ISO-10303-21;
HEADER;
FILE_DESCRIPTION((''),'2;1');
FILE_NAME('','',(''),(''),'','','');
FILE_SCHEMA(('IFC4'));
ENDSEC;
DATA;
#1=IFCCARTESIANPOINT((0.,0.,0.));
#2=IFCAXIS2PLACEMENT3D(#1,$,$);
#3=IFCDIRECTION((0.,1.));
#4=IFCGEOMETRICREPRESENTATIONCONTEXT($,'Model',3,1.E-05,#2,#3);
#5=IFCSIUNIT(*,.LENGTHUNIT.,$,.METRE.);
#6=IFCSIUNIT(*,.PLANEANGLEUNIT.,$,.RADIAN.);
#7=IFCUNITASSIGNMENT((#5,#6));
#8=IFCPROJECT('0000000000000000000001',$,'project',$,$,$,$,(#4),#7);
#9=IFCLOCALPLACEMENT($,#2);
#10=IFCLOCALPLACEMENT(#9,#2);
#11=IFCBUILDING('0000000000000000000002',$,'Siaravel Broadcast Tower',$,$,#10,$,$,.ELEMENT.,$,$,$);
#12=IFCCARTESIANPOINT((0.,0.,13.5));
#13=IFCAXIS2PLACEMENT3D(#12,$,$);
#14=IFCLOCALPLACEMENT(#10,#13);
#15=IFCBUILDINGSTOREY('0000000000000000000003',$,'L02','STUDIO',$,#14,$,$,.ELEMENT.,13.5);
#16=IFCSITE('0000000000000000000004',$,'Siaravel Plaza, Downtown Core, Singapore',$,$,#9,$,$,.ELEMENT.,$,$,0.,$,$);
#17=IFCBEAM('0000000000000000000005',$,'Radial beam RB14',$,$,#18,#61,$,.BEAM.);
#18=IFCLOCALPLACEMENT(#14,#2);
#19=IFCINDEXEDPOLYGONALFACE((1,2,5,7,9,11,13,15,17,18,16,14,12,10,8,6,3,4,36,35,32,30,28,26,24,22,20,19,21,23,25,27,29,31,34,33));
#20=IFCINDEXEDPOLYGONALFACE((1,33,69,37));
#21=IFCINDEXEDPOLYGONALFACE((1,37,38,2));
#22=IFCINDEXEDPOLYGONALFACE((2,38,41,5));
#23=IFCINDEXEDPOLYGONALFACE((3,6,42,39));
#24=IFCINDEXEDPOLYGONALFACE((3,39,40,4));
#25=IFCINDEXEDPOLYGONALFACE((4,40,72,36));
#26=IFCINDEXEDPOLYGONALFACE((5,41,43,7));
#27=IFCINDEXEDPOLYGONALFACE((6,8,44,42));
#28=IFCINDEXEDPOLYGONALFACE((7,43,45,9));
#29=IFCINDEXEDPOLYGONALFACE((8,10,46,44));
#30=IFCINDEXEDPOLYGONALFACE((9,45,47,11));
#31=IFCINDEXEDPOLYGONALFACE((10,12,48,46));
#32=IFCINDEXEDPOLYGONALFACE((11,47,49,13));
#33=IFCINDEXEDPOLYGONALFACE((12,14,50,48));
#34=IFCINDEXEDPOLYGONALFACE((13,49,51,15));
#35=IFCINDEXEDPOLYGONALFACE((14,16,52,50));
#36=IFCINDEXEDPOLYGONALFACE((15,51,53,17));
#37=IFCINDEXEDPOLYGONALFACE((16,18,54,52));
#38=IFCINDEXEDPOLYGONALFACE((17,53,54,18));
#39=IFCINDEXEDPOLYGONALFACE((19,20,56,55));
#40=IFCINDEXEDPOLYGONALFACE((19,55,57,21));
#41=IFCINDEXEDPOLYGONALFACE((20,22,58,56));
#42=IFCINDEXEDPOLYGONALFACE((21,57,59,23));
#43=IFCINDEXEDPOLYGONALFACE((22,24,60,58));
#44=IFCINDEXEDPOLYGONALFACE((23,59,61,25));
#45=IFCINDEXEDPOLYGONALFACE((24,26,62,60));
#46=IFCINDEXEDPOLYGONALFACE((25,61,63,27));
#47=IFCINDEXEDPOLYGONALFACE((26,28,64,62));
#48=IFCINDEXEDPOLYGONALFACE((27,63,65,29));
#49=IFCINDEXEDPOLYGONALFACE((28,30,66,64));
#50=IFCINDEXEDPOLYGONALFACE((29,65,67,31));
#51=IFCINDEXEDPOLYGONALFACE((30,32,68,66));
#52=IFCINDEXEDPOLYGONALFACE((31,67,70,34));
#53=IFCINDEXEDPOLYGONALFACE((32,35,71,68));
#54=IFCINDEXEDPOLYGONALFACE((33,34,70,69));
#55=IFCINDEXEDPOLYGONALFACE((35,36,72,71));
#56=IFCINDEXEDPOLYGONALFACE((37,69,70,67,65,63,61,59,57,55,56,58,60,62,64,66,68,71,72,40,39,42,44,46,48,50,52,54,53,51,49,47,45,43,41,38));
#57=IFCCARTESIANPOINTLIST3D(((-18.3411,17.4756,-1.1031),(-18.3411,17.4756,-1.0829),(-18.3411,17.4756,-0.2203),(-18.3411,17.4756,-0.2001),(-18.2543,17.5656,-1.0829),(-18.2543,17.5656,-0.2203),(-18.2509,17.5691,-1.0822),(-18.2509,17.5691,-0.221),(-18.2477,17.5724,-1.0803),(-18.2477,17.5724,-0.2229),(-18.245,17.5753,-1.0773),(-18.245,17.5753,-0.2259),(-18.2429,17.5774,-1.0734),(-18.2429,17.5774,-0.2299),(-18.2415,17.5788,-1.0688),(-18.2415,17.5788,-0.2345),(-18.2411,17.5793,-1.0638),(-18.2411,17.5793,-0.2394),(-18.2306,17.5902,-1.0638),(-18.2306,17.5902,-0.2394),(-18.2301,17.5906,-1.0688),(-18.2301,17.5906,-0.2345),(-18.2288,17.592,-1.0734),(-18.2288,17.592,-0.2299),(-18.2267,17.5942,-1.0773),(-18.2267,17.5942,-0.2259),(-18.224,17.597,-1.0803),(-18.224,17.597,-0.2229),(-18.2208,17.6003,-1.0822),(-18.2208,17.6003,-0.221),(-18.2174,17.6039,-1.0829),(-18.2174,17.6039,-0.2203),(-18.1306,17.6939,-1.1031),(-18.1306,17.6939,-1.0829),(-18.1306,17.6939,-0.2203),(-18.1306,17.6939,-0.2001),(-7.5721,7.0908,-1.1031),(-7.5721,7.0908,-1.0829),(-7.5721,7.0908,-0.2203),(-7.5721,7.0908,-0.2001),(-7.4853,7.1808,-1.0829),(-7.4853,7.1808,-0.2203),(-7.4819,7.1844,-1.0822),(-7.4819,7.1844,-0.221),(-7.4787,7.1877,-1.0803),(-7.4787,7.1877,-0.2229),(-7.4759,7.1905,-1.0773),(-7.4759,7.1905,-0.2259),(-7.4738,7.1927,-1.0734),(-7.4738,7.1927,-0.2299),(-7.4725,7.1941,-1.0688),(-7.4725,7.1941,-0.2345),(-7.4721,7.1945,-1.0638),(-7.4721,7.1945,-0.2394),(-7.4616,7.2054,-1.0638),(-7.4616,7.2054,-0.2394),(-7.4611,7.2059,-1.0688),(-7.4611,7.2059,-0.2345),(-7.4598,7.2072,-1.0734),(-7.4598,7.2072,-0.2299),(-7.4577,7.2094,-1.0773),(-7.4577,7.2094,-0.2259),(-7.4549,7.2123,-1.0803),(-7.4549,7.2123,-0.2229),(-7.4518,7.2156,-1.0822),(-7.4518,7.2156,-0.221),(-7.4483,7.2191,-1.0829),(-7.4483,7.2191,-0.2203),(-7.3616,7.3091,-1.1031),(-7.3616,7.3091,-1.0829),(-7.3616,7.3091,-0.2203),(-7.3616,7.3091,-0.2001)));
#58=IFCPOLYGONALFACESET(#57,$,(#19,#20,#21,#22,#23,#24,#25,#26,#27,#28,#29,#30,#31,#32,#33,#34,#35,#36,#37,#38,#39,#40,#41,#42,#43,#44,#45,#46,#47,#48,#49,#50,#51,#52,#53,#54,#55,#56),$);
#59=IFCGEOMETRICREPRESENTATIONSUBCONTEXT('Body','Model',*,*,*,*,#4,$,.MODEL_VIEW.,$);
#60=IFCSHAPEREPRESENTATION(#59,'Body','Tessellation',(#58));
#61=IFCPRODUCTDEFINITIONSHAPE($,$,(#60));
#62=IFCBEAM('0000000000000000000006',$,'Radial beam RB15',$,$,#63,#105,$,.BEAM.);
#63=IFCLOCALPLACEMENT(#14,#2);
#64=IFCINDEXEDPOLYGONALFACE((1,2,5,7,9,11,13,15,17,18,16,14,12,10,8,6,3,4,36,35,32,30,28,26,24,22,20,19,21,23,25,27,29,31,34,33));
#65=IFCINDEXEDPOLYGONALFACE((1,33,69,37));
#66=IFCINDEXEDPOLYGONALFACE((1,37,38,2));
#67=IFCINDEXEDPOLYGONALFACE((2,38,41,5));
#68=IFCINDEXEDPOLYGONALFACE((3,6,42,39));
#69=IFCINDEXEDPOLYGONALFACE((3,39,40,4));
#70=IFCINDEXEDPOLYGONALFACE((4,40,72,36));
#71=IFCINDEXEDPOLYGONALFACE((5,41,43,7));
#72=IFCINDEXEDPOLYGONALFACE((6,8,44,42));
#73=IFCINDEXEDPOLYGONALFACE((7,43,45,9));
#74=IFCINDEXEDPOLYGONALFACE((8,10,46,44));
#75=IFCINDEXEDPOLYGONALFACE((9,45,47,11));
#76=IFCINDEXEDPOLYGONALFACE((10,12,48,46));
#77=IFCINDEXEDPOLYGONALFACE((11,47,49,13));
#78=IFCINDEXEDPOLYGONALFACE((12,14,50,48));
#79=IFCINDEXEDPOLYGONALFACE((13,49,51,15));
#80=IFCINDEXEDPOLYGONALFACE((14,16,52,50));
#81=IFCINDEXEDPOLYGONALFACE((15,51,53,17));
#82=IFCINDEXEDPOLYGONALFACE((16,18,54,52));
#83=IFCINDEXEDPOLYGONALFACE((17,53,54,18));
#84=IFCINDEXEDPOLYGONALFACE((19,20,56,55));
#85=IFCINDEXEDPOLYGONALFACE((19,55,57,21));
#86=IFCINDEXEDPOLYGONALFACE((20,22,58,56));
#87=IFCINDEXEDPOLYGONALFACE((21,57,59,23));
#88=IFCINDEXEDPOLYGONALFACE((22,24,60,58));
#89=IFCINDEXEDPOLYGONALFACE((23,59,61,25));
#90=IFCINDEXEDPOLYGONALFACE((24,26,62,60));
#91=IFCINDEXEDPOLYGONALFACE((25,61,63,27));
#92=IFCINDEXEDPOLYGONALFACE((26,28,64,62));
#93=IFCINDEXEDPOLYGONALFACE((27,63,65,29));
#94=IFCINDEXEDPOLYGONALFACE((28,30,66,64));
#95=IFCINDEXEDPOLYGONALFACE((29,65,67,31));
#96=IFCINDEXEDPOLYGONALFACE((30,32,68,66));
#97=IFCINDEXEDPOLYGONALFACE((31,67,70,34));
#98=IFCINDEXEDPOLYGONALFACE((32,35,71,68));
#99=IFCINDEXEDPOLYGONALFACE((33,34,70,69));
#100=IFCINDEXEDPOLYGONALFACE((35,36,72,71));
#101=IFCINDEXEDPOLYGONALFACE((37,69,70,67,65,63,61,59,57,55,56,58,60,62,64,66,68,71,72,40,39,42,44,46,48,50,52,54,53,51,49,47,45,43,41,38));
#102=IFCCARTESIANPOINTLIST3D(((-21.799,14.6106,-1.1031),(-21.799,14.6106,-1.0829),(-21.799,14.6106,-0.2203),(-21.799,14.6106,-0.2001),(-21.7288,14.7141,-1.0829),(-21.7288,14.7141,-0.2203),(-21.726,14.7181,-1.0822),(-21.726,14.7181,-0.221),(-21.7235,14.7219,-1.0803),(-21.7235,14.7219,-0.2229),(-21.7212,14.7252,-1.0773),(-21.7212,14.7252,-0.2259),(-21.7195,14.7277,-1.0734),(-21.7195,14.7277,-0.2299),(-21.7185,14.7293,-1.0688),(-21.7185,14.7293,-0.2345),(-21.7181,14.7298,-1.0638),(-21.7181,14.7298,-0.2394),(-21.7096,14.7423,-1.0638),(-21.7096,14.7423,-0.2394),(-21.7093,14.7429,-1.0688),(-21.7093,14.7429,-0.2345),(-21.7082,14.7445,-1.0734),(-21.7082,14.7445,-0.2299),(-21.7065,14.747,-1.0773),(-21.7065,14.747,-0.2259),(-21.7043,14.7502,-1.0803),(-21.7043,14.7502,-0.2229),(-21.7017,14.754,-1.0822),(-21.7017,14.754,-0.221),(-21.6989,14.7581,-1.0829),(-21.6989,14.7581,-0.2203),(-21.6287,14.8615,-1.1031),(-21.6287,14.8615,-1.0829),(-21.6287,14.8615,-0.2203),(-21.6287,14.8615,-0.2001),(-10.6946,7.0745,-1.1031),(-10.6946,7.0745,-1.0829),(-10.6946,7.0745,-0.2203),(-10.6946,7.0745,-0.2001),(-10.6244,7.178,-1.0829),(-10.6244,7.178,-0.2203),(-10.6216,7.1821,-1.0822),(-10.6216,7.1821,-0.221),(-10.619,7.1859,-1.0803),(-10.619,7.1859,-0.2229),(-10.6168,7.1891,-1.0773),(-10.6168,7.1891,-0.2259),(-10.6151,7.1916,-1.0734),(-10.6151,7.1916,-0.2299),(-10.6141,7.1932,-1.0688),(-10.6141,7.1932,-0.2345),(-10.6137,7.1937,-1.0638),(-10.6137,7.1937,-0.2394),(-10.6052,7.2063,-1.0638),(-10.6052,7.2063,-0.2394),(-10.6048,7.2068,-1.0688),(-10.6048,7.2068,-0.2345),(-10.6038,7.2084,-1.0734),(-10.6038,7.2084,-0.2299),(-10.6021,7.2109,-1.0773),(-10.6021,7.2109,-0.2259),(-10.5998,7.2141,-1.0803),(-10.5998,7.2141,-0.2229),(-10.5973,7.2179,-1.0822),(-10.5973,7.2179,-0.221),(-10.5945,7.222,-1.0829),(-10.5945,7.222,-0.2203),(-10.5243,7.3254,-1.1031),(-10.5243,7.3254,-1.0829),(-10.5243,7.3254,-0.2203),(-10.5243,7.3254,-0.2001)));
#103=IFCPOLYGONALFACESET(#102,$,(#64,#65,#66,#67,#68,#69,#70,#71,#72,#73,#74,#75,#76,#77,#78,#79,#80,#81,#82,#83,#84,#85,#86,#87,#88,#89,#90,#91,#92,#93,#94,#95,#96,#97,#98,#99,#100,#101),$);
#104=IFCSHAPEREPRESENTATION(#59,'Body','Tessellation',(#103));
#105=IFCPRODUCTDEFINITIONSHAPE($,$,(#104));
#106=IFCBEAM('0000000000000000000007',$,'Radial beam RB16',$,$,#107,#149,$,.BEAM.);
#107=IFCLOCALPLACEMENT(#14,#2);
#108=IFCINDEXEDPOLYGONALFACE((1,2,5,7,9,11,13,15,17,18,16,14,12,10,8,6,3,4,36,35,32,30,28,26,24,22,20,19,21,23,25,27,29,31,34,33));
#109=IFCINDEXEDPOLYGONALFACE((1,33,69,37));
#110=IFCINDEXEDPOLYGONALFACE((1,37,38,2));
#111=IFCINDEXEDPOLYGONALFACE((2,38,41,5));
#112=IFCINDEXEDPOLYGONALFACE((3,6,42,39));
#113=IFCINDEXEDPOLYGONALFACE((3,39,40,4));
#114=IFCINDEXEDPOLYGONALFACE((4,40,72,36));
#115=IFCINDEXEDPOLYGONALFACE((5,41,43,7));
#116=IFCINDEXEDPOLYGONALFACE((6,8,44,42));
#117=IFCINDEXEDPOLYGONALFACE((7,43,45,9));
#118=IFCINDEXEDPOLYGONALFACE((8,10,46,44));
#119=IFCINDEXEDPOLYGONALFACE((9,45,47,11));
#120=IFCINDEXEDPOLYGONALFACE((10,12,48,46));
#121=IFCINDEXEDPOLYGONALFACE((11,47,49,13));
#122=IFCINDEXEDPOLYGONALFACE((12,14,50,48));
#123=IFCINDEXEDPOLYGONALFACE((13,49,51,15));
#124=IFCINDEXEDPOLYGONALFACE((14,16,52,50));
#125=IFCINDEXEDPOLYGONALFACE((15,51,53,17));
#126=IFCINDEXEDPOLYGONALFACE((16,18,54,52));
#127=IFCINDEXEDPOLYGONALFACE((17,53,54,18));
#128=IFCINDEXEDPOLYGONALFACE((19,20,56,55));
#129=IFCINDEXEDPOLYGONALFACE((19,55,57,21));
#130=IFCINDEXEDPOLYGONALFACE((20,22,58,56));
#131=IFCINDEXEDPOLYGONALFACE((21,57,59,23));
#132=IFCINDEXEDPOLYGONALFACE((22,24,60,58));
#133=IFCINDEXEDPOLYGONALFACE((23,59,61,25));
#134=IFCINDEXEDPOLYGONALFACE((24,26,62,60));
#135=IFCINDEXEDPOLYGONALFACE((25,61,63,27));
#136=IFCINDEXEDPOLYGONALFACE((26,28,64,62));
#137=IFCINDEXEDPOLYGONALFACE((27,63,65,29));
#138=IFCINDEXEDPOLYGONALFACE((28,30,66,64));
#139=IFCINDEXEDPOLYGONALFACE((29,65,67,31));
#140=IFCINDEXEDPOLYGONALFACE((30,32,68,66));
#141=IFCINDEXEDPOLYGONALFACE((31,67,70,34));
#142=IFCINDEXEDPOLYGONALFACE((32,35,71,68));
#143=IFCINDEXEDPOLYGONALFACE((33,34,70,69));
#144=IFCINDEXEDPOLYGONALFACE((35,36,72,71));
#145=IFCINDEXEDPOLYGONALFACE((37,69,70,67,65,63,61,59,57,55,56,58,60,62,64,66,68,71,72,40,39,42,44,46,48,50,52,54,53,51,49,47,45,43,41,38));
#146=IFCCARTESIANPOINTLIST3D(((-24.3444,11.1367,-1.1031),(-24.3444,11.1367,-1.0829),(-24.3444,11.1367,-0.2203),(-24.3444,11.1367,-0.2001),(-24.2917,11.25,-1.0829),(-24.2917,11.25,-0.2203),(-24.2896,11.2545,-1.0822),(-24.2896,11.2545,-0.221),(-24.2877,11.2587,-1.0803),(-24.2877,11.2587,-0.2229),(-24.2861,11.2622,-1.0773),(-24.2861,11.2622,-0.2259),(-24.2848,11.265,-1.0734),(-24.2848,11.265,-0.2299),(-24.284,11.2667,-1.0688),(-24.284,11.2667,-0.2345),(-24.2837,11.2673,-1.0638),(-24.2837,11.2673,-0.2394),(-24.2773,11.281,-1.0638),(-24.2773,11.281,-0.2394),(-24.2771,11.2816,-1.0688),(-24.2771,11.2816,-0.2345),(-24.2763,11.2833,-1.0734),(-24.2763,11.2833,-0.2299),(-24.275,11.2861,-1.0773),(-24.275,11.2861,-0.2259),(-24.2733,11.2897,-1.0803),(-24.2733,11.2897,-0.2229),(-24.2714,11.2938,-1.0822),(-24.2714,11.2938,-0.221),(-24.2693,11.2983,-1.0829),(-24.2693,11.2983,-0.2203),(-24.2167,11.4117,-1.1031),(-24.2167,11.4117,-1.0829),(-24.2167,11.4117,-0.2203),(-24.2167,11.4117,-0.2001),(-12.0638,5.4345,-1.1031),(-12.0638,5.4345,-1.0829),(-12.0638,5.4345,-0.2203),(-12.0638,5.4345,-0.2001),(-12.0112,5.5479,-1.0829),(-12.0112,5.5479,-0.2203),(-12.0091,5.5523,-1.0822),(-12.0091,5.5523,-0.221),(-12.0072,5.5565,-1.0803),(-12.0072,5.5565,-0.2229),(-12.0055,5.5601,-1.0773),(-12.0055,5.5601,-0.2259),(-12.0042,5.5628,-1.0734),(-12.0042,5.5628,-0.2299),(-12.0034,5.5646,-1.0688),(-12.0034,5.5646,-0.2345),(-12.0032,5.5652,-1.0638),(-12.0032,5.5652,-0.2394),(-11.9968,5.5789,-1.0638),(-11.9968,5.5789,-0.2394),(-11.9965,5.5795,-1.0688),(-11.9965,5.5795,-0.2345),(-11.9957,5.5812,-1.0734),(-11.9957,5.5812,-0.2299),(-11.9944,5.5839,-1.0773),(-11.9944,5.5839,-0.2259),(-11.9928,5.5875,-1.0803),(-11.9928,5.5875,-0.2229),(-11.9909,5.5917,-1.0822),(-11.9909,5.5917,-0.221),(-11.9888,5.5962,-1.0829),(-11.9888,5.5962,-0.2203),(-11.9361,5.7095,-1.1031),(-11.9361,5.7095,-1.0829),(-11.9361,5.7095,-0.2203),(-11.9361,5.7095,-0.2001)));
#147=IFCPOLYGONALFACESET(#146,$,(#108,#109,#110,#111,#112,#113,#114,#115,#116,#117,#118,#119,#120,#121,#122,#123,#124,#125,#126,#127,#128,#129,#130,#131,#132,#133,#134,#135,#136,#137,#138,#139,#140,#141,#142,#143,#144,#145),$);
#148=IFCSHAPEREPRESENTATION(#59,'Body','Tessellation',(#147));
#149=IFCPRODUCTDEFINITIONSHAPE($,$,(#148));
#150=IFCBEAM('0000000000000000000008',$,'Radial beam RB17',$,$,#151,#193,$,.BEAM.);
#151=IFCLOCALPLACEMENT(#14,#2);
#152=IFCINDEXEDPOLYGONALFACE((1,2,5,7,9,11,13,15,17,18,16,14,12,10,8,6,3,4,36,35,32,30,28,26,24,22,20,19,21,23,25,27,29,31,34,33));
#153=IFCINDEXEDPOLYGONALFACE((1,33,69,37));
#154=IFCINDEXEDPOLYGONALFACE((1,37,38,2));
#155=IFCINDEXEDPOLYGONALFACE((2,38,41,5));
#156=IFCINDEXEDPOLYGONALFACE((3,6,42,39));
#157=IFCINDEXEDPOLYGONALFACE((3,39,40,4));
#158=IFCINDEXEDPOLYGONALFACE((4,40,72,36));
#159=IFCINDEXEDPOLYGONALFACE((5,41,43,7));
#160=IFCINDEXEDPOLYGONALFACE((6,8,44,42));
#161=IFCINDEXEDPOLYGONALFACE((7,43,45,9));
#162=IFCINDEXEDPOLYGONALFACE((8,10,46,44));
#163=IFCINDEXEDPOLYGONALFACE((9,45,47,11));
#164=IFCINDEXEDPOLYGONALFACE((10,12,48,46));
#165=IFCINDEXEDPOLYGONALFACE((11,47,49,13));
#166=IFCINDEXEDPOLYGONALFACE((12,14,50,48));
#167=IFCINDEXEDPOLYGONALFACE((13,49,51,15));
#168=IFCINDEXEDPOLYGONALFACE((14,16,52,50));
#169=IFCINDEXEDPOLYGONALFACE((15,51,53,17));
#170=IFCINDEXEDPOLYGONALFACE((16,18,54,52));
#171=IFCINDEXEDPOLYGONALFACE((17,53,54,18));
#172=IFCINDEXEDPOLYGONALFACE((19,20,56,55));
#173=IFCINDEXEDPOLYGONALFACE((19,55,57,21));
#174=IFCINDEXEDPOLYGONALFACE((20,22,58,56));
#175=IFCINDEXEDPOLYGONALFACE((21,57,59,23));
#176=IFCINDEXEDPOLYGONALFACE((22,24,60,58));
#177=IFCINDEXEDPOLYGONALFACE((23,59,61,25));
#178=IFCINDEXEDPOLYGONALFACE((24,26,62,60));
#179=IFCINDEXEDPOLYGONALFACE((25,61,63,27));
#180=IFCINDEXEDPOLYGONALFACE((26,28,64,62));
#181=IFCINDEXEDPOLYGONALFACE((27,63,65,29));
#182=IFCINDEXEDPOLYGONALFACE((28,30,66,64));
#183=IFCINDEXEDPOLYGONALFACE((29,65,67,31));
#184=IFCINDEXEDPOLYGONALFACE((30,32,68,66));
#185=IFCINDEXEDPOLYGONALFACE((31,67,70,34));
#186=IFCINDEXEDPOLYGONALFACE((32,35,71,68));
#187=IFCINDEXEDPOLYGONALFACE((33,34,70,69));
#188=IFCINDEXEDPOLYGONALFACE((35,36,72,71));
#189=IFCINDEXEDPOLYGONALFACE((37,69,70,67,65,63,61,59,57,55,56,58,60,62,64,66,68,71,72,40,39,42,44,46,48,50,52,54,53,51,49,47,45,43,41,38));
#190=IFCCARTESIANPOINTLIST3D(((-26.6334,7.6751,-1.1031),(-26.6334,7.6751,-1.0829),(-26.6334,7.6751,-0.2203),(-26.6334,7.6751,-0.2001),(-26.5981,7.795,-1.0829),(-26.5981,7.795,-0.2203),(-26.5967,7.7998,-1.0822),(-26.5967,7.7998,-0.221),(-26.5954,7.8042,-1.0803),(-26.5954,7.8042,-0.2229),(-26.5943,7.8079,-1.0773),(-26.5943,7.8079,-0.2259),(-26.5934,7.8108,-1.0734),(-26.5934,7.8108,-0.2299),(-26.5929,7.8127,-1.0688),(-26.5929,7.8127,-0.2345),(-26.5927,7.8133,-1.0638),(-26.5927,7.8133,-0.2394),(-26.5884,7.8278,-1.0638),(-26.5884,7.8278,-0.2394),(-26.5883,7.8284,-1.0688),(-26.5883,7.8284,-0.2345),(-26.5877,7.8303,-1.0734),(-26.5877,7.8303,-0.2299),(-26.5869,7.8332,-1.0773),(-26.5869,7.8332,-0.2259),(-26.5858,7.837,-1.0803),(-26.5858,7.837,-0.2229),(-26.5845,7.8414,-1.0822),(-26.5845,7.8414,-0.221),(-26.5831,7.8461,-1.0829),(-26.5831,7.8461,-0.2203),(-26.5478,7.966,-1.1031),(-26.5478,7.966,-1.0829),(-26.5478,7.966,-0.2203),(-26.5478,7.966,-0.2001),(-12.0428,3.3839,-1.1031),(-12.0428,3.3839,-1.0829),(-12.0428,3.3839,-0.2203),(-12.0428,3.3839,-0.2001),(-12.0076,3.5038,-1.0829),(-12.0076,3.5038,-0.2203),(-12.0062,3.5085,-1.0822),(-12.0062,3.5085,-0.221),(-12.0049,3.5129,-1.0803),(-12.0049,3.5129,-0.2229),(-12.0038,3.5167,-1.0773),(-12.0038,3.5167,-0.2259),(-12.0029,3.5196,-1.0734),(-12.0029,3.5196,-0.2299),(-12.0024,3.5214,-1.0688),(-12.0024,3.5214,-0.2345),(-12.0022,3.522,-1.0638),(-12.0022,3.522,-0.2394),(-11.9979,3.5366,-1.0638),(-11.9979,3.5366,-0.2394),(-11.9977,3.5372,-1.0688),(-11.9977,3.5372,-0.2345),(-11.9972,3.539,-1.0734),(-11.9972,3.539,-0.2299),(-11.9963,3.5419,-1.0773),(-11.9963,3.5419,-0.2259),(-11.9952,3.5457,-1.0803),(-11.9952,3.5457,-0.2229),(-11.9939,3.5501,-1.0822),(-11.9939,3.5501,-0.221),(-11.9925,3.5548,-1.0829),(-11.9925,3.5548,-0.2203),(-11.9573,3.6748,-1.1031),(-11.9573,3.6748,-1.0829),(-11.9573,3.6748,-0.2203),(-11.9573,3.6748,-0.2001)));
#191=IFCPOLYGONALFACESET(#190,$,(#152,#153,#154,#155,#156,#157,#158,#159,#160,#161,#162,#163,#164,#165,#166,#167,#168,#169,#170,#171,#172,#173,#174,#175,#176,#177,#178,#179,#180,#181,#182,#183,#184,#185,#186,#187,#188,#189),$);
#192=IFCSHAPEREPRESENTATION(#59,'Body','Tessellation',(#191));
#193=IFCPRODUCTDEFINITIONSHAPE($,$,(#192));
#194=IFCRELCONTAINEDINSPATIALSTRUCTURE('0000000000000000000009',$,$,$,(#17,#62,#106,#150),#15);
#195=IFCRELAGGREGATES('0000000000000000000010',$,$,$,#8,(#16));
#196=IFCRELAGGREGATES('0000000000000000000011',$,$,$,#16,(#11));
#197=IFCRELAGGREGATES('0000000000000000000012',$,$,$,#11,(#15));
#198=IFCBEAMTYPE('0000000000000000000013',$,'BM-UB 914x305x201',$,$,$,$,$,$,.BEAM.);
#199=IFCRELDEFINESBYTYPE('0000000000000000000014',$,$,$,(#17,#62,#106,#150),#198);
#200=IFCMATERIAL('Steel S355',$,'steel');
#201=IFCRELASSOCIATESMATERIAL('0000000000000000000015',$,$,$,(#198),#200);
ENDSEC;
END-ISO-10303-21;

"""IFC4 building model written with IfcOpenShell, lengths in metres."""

from ifc_helpers import new_model, si_unit, direction, frame, origin, origin_2d, place, context, subcontext, project, spatial, i_section, extrude, material, material_profile, profile_set, type_object, element, save


model = new_model("IFC4")

# Units and contexts
model_context = context("Model", 3, precision=1e-05, world=origin(), true_north=direction((0.0, 1.0)))
body_context = subcontext(model_context, "Body", "Model", "MODEL_VIEW")
ifc_project = project(units=[si_unit("LENGTHUNIT", "METRE"), si_unit("PLANEANGLEUNIT", "RADIAN")], contexts=[model_context])

# Site, building, storey
site_placement = place(None, origin())
site = spatial("IfcSite", under=ifc_project, at=site_placement, Name="Siaravel Plaza, Downtown Core, Singapore", CompositionType="ELEMENT", RefElevation=0.0)
building_placement = place(site_placement, origin())
building = spatial("IfcBuilding", under=site, at=building_placement, Name="Siaravel Broadcast Tower", CompositionType="ELEMENT")
storey_placement = place(building_placement, frame((0.0, 0.0, 13.5)))
storey = spatial("IfcBuildingStorey", under=building, at=storey_placement, Name="L02", Description="STUDIO", CompositionType="ELEMENT", Elevation=13.5)

# Beams
ifc_material_1 = material(Name="Steel S355", Category="steel")
ifc_material_profile_1 = material_profile(ifc_material_1, i_section(OverallWidth=0.3032, OverallDepth=0.9031, WebThickness=0.0151, FlangeThickness=0.0203, FilletRadius=0.019, at=origin_2d()))
ifc_profile_set_1 = profile_set([ifc_material_profile_1], Name="Steel S355")
beam_type = type_object("IfcBeamType", Name="BM-UB 914x305x201", PredefinedType="BEAM", material=ifc_profile_set_1)
beam_1_placement = place(storey_placement, frame((-18.2358, 17.5847, -0.6516), z_axis=(0.719833, -0.694147, 0.0), x_axis=(0.694147, 0.719833, 0.0)))
element("IfcBeam", 1, at=beam_1_placement, inside=storey, type_object=beam_type, Name="Radial beam RB14", PredefinedType="BEAM", context=body_context, shape_type="SweptSolid", body=[
    extrude(i_section(OverallWidth=0.3032, OverallDepth=0.9031, WebThickness=0.0151, FlangeThickness=0.0203, FilletRadius=0.019, at=origin_2d()), origin(), (0.0, 0.0, 1.0), 14.9604),
])
beam_2_placement = place(storey_placement, frame((-21.7139, 14.7361, -0.6516), z_axis=(0.827443, -0.561549, 0.0), x_axis=(0.561549, 0.827443, 0.0)))
element("IfcBeam", 2, at=beam_2_placement, inside=storey, type_object=beam_type, Name="Radial beam RB15", PredefinedType="BEAM", context=body_context, shape_type="SweptSolid", body=[
    extrude(i_section(OverallWidth=0.3032, OverallDepth=0.9031, WebThickness=0.0151, FlangeThickness=0.0203, FilletRadius=0.019, at=origin_2d()), origin(), (0.0, 0.0, 1.0), 13.4202),
])
beam_3_placement = place(storey_placement, frame((-24.2805, 11.2742, -0.6516), z_axis=(0.906995, -0.42114, 0.0), x_axis=(0.42114, 0.906995, 0.0)))
element("IfcBeam", 3, at=beam_3_placement, inside=storey, type_object=beam_type, Name="Radial beam RB16", PredefinedType="BEAM", context=body_context, shape_type="SweptSolid", body=[
    extrude(i_section(OverallWidth=0.3032, OverallDepth=0.9031, WebThickness=0.0151, FlangeThickness=0.0203, FilletRadius=0.019, at=origin_2d()), origin(), (0.0, 0.0, 1.0), 13.5398),
])
beam_4_placement = place(storey_placement, frame((-26.5906, 7.8206, -0.6516), z_axis=(0.959367, -0.282161, 0.0), x_axis=(0.282161, 0.959367, 0.0)))
element("IfcBeam", 4, at=beam_4_placement, inside=storey, type_object=beam_type, Name="Radial beam RB17", PredefinedType="BEAM", context=body_context, shape_type="SweptSolid", body=[
    extrude(i_section(OverallWidth=0.3032, OverallDepth=0.9031, WebThickness=0.0151, FlangeThickness=0.0203, FilletRadius=0.019, at=origin_2d()), origin(), (0.0, 0.0, 1.0), 15.2085),
])

save(model, "model.ifc")
